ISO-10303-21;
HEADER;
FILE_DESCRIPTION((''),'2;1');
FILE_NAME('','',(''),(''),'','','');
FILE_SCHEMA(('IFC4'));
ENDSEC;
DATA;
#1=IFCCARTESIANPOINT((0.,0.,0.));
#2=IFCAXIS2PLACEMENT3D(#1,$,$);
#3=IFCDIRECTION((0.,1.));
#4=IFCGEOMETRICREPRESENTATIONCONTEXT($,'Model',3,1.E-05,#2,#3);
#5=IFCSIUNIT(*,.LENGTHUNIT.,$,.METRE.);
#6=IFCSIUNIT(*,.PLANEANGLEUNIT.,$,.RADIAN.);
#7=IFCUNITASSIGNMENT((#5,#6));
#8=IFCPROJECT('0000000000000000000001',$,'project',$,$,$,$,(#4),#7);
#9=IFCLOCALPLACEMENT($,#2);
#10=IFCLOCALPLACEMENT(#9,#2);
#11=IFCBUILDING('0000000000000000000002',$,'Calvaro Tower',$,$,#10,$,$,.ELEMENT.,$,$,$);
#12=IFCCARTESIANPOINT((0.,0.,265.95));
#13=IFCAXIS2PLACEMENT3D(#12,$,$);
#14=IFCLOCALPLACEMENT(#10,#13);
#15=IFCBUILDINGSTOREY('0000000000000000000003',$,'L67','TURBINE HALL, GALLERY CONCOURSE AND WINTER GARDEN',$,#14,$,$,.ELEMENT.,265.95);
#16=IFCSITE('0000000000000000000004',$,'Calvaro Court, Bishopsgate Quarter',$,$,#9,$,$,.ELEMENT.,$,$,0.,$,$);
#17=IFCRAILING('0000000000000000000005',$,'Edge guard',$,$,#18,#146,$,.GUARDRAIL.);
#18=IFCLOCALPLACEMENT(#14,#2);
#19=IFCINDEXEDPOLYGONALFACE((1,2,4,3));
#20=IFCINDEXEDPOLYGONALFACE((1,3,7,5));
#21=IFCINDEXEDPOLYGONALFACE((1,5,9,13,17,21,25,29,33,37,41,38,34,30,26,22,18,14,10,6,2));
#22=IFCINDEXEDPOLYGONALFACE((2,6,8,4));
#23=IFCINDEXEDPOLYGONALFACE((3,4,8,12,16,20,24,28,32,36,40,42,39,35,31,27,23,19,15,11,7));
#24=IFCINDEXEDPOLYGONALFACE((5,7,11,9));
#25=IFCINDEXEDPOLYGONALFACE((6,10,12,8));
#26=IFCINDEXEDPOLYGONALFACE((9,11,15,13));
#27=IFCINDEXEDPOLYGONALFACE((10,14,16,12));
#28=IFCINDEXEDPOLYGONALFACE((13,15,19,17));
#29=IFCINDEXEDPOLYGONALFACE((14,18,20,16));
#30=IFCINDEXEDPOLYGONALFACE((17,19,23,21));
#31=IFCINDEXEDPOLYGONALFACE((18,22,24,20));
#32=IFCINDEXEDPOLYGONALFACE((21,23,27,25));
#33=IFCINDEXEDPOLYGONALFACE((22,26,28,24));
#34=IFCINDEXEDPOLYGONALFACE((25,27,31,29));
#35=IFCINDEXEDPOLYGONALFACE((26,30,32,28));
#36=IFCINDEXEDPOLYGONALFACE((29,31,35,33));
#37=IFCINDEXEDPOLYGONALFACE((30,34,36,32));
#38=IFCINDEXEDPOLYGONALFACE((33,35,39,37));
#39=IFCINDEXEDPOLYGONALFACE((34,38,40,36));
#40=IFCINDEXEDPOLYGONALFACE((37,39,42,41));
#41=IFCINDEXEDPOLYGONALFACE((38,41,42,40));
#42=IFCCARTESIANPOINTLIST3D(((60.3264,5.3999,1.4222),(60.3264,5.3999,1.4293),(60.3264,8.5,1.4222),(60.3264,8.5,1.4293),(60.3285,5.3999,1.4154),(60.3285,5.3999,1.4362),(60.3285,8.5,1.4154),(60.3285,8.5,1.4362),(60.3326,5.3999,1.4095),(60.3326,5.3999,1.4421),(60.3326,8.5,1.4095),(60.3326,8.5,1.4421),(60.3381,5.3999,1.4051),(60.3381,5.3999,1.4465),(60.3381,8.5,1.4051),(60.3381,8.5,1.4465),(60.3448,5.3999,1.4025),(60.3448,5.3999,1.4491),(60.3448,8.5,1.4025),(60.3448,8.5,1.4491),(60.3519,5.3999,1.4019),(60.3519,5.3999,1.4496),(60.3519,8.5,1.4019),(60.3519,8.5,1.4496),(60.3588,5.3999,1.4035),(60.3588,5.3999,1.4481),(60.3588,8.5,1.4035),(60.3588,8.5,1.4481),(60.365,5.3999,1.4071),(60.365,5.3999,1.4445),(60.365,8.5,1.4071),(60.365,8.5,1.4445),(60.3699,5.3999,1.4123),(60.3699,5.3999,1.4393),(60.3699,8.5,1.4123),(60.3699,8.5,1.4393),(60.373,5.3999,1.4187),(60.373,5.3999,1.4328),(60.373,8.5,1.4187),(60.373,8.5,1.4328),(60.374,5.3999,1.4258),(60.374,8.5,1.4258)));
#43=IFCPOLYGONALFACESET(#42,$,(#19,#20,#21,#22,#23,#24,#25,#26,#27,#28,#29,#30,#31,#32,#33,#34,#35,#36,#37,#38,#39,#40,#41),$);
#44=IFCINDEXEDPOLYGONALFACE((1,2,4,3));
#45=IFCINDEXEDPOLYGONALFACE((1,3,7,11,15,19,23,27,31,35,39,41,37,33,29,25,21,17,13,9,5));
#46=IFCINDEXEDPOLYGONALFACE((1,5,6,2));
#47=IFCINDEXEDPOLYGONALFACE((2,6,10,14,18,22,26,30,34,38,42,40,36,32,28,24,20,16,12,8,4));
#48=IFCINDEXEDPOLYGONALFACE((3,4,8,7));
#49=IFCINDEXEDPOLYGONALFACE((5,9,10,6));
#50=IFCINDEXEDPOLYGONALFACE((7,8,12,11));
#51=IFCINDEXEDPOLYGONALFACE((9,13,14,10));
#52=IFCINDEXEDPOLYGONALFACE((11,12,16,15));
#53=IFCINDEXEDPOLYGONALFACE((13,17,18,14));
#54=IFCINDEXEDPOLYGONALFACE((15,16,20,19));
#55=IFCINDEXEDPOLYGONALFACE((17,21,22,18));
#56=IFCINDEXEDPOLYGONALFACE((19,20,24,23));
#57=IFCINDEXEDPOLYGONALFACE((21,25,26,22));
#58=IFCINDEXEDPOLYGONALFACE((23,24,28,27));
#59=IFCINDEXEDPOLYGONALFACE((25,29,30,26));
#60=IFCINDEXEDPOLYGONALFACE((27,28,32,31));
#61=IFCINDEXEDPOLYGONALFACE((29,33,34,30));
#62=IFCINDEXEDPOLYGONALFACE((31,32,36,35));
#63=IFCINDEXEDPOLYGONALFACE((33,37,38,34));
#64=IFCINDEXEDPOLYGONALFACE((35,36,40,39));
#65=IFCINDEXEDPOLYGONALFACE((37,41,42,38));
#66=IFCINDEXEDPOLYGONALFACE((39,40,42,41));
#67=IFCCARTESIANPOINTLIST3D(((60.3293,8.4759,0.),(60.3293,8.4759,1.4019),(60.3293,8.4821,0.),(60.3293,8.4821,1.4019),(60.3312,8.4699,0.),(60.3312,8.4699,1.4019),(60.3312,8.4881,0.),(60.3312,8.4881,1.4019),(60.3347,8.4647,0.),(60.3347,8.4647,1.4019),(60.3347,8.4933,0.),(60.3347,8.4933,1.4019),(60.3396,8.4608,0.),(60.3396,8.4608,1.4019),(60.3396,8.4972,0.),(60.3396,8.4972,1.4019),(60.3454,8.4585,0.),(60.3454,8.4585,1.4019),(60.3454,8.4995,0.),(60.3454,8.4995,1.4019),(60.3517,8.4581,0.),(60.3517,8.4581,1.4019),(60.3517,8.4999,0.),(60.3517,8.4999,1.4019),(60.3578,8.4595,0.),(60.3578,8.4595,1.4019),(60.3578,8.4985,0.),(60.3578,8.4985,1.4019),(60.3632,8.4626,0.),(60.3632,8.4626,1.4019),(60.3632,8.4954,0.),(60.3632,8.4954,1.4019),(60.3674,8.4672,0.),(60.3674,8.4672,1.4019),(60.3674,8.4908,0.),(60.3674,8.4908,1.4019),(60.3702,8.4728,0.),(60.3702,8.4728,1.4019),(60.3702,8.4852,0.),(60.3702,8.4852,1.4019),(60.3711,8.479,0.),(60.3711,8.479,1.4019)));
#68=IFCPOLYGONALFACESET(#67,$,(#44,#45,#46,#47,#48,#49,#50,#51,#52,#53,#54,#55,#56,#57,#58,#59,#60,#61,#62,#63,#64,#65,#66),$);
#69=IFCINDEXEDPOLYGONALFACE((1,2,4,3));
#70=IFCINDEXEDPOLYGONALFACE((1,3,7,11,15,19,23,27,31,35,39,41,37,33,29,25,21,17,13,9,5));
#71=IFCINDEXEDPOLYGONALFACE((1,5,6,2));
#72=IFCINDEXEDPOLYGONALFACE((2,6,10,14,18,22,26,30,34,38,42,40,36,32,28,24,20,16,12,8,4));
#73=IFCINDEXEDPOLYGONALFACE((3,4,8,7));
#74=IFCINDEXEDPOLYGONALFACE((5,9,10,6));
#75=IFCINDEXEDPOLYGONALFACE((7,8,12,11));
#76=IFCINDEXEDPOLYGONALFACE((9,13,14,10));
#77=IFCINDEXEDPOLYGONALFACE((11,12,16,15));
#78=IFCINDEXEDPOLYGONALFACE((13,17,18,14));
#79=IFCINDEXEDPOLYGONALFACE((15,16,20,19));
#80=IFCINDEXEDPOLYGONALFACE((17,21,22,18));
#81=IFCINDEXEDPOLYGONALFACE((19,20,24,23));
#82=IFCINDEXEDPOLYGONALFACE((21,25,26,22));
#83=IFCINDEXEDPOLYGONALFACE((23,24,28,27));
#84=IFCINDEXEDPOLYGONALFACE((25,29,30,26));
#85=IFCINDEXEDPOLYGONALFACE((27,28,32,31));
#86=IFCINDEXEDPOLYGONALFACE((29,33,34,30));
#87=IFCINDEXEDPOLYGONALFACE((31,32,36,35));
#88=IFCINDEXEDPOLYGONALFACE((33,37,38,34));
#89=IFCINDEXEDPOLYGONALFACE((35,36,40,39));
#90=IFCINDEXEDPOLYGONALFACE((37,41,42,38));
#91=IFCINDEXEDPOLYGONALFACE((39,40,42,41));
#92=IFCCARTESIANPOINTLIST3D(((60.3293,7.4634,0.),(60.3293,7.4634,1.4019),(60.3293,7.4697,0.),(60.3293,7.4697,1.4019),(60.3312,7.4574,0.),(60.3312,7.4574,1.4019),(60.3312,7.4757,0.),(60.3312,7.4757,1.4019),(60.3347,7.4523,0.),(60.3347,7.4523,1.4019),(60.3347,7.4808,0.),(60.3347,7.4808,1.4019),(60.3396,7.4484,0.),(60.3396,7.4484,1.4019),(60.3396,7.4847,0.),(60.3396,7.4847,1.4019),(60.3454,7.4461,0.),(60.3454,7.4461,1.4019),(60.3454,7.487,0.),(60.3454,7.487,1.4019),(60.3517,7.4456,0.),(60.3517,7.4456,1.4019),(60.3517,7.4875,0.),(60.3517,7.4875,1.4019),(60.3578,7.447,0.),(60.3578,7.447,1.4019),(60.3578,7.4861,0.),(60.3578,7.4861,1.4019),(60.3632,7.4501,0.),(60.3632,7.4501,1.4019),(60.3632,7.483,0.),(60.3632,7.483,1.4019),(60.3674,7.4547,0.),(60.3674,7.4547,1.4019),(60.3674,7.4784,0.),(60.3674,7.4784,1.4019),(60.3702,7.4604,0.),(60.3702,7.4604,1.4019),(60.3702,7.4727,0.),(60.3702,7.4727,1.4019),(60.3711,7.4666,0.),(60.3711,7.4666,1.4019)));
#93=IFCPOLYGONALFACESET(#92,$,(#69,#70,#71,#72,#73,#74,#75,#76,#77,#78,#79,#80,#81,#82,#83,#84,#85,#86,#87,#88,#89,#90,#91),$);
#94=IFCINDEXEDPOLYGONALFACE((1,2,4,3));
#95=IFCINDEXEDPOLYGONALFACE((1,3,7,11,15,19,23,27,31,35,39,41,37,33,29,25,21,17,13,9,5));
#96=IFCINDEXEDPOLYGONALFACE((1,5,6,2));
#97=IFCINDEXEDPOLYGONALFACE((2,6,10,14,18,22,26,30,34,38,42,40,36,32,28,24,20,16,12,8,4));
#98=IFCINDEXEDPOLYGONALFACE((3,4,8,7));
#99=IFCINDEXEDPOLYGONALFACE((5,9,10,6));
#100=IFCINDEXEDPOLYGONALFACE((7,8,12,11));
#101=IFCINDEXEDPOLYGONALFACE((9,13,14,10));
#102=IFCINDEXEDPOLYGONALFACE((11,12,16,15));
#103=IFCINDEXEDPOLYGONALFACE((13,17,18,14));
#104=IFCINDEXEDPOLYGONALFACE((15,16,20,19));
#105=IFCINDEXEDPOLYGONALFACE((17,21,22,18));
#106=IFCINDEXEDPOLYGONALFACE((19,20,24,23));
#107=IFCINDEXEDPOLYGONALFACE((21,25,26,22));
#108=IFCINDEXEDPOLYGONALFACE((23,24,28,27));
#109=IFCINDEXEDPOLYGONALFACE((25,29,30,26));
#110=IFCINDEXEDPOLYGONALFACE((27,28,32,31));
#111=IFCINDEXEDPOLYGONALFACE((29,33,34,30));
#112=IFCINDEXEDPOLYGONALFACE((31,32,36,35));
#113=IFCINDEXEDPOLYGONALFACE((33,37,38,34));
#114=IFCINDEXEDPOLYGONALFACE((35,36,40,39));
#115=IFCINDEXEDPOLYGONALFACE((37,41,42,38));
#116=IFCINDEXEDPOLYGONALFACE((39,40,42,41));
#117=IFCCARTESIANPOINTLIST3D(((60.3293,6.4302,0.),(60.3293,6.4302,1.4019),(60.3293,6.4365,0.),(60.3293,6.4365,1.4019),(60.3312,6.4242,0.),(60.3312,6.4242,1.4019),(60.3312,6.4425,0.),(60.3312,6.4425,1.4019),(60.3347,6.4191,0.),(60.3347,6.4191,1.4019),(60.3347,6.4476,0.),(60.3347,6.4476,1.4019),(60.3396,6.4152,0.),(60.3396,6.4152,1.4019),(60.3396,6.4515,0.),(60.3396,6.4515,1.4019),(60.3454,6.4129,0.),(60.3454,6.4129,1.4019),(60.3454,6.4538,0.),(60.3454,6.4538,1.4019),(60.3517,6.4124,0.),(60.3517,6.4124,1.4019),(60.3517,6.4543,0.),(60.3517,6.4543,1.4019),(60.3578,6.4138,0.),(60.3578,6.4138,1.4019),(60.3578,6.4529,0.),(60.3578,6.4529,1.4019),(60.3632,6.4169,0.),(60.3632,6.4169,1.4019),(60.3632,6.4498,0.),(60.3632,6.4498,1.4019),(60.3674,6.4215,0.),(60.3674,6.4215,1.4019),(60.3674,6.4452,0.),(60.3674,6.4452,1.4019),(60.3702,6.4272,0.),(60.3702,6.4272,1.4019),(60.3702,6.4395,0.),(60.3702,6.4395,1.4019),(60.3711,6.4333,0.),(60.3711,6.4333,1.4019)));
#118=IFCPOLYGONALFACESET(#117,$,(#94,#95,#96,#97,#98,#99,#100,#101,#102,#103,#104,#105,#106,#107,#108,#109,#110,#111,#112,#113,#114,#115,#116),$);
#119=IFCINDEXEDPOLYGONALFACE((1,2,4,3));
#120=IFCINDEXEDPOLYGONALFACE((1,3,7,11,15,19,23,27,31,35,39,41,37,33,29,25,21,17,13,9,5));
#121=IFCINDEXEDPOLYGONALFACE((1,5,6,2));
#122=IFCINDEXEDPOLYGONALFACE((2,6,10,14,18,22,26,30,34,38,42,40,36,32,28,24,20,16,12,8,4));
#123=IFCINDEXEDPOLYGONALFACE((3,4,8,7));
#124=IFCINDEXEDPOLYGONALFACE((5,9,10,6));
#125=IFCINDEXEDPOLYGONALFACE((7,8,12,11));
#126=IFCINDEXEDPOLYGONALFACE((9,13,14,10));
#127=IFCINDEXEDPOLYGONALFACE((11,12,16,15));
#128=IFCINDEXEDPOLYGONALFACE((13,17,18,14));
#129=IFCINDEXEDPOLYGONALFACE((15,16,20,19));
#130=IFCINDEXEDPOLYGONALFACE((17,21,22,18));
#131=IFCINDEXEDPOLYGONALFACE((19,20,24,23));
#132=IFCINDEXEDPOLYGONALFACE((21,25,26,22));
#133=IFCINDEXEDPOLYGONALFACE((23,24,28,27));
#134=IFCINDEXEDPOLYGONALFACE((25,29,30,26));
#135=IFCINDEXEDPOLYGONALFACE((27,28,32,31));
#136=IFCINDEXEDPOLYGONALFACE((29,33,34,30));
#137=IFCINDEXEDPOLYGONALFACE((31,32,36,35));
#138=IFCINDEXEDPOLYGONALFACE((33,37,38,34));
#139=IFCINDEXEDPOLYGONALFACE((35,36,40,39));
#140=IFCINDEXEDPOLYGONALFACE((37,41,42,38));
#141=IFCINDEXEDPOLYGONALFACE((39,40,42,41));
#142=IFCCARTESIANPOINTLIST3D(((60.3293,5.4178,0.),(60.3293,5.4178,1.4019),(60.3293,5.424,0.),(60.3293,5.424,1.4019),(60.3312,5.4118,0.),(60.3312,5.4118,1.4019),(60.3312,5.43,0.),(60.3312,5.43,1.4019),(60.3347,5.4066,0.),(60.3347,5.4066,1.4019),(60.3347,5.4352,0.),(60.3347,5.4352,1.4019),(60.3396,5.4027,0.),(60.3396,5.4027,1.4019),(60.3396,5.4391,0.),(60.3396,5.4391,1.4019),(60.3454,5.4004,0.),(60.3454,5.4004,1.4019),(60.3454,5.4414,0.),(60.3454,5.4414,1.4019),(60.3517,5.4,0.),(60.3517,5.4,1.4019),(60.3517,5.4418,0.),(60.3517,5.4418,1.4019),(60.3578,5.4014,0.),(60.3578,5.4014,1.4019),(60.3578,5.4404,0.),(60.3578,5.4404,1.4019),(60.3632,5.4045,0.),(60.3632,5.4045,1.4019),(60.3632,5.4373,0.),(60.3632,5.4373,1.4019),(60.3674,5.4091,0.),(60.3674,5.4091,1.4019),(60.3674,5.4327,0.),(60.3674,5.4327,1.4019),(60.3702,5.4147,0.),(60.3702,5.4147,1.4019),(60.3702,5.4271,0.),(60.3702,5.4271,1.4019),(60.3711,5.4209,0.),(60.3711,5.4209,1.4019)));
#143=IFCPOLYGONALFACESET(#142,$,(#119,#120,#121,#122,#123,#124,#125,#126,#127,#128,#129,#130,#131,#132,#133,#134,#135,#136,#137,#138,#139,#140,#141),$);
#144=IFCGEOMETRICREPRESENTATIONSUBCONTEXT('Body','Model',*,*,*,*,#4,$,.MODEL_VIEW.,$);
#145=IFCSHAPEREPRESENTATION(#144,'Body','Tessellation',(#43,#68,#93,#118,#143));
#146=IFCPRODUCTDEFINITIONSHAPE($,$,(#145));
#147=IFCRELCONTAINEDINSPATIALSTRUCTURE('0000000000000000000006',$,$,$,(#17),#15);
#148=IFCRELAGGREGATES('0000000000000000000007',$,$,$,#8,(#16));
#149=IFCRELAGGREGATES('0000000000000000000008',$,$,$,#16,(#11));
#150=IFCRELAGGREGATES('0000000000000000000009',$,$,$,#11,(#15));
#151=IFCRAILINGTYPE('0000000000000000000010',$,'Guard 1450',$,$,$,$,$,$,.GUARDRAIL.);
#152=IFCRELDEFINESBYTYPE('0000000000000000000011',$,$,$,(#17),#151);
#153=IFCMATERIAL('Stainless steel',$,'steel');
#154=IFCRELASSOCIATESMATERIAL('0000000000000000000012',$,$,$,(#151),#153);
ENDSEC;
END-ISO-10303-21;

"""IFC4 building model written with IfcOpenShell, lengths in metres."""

from ifc_helpers import new_model, si_unit, direction, frame, origin, origin_2d, place, context, subcontext, project, spatial, circle, extrude, material, type_object, element, save


model = new_model("IFC4")

# Units and contexts
model_context = context("Model", 3, precision=1e-05, world=origin(), true_north=direction((0.0, 1.0)))
body_context = subcontext(model_context, "Body", "Model", "MODEL_VIEW")
ifc_project = project(units=[si_unit("LENGTHUNIT", "METRE"), si_unit("PLANEANGLEUNIT", "RADIAN")], contexts=[model_context])

# Site, building, storey
site_placement = place(None, origin())
site = spatial("IfcSite", under=ifc_project, at=site_placement, Name="Calvaro Court, Bishopsgate Quarter", CompositionType="ELEMENT", RefElevation=0.0)
building_placement = place(site_placement, origin())
building = spatial("IfcBuilding", under=site, at=building_placement, Name="Calvaro Tower", CompositionType="ELEMENT")
storey_placement = place(building_placement, frame((0.0, 0.0, 265.95)))
storey = spatial("IfcBuildingStorey", under=building, at=storey_placement, Name="L67", Description="TURBINE HALL, GALLERY CONCOURSE AND WINTER GARDEN", CompositionType="ELEMENT", Elevation=265.95)

# Railing
ifc_material_1 = material(Name="Stainless steel", Category="steel")
railing_type = type_object("IfcRailingType", Name="Guard 1450", PredefinedType="GUARDRAIL", material=ifc_material_1)
railing_1_placement = place(storey_placement, frame((60.3501, 8.5, 0.0)))
element("IfcRailing", 1, at=railing_1_placement, inside=storey, type_object=railing_type, Name="Edge guard", PredefinedType="GUARDRAIL", context=body_context, shape_type="SweptSolid", body=[
    extrude(circle(Radius=0.0239, at=origin_2d()), frame((0.0, 0.0, 1.4258), z_axis=(0.0, -1.0, 0.0), x_axis=(1.0, 0.0, 0.0)), (0.0, 0.0, 1.0), 3.1001),
    extrude(circle(Radius=0.021, at=origin_2d()), frame((0.0, -0.021, 0.0)), (0.0, 0.0, 1.0), 1.4019),
    extrude(circle(Radius=0.021, at=origin_2d()), frame((0.0, -1.0334, 0.0)), (0.0, 0.0, 1.0), 1.4019),
    extrude(circle(Radius=0.021, at=origin_2d()), frame((0.0, -2.0667, 0.0)), (0.0, 0.0, 1.0), 1.4019),
    extrude(circle(Radius=0.021, at=origin_2d()), frame((0.0, -3.0791, 0.0)), (0.0, 0.0, 1.0), 1.4019),
])

save(model, "model.ifc")
